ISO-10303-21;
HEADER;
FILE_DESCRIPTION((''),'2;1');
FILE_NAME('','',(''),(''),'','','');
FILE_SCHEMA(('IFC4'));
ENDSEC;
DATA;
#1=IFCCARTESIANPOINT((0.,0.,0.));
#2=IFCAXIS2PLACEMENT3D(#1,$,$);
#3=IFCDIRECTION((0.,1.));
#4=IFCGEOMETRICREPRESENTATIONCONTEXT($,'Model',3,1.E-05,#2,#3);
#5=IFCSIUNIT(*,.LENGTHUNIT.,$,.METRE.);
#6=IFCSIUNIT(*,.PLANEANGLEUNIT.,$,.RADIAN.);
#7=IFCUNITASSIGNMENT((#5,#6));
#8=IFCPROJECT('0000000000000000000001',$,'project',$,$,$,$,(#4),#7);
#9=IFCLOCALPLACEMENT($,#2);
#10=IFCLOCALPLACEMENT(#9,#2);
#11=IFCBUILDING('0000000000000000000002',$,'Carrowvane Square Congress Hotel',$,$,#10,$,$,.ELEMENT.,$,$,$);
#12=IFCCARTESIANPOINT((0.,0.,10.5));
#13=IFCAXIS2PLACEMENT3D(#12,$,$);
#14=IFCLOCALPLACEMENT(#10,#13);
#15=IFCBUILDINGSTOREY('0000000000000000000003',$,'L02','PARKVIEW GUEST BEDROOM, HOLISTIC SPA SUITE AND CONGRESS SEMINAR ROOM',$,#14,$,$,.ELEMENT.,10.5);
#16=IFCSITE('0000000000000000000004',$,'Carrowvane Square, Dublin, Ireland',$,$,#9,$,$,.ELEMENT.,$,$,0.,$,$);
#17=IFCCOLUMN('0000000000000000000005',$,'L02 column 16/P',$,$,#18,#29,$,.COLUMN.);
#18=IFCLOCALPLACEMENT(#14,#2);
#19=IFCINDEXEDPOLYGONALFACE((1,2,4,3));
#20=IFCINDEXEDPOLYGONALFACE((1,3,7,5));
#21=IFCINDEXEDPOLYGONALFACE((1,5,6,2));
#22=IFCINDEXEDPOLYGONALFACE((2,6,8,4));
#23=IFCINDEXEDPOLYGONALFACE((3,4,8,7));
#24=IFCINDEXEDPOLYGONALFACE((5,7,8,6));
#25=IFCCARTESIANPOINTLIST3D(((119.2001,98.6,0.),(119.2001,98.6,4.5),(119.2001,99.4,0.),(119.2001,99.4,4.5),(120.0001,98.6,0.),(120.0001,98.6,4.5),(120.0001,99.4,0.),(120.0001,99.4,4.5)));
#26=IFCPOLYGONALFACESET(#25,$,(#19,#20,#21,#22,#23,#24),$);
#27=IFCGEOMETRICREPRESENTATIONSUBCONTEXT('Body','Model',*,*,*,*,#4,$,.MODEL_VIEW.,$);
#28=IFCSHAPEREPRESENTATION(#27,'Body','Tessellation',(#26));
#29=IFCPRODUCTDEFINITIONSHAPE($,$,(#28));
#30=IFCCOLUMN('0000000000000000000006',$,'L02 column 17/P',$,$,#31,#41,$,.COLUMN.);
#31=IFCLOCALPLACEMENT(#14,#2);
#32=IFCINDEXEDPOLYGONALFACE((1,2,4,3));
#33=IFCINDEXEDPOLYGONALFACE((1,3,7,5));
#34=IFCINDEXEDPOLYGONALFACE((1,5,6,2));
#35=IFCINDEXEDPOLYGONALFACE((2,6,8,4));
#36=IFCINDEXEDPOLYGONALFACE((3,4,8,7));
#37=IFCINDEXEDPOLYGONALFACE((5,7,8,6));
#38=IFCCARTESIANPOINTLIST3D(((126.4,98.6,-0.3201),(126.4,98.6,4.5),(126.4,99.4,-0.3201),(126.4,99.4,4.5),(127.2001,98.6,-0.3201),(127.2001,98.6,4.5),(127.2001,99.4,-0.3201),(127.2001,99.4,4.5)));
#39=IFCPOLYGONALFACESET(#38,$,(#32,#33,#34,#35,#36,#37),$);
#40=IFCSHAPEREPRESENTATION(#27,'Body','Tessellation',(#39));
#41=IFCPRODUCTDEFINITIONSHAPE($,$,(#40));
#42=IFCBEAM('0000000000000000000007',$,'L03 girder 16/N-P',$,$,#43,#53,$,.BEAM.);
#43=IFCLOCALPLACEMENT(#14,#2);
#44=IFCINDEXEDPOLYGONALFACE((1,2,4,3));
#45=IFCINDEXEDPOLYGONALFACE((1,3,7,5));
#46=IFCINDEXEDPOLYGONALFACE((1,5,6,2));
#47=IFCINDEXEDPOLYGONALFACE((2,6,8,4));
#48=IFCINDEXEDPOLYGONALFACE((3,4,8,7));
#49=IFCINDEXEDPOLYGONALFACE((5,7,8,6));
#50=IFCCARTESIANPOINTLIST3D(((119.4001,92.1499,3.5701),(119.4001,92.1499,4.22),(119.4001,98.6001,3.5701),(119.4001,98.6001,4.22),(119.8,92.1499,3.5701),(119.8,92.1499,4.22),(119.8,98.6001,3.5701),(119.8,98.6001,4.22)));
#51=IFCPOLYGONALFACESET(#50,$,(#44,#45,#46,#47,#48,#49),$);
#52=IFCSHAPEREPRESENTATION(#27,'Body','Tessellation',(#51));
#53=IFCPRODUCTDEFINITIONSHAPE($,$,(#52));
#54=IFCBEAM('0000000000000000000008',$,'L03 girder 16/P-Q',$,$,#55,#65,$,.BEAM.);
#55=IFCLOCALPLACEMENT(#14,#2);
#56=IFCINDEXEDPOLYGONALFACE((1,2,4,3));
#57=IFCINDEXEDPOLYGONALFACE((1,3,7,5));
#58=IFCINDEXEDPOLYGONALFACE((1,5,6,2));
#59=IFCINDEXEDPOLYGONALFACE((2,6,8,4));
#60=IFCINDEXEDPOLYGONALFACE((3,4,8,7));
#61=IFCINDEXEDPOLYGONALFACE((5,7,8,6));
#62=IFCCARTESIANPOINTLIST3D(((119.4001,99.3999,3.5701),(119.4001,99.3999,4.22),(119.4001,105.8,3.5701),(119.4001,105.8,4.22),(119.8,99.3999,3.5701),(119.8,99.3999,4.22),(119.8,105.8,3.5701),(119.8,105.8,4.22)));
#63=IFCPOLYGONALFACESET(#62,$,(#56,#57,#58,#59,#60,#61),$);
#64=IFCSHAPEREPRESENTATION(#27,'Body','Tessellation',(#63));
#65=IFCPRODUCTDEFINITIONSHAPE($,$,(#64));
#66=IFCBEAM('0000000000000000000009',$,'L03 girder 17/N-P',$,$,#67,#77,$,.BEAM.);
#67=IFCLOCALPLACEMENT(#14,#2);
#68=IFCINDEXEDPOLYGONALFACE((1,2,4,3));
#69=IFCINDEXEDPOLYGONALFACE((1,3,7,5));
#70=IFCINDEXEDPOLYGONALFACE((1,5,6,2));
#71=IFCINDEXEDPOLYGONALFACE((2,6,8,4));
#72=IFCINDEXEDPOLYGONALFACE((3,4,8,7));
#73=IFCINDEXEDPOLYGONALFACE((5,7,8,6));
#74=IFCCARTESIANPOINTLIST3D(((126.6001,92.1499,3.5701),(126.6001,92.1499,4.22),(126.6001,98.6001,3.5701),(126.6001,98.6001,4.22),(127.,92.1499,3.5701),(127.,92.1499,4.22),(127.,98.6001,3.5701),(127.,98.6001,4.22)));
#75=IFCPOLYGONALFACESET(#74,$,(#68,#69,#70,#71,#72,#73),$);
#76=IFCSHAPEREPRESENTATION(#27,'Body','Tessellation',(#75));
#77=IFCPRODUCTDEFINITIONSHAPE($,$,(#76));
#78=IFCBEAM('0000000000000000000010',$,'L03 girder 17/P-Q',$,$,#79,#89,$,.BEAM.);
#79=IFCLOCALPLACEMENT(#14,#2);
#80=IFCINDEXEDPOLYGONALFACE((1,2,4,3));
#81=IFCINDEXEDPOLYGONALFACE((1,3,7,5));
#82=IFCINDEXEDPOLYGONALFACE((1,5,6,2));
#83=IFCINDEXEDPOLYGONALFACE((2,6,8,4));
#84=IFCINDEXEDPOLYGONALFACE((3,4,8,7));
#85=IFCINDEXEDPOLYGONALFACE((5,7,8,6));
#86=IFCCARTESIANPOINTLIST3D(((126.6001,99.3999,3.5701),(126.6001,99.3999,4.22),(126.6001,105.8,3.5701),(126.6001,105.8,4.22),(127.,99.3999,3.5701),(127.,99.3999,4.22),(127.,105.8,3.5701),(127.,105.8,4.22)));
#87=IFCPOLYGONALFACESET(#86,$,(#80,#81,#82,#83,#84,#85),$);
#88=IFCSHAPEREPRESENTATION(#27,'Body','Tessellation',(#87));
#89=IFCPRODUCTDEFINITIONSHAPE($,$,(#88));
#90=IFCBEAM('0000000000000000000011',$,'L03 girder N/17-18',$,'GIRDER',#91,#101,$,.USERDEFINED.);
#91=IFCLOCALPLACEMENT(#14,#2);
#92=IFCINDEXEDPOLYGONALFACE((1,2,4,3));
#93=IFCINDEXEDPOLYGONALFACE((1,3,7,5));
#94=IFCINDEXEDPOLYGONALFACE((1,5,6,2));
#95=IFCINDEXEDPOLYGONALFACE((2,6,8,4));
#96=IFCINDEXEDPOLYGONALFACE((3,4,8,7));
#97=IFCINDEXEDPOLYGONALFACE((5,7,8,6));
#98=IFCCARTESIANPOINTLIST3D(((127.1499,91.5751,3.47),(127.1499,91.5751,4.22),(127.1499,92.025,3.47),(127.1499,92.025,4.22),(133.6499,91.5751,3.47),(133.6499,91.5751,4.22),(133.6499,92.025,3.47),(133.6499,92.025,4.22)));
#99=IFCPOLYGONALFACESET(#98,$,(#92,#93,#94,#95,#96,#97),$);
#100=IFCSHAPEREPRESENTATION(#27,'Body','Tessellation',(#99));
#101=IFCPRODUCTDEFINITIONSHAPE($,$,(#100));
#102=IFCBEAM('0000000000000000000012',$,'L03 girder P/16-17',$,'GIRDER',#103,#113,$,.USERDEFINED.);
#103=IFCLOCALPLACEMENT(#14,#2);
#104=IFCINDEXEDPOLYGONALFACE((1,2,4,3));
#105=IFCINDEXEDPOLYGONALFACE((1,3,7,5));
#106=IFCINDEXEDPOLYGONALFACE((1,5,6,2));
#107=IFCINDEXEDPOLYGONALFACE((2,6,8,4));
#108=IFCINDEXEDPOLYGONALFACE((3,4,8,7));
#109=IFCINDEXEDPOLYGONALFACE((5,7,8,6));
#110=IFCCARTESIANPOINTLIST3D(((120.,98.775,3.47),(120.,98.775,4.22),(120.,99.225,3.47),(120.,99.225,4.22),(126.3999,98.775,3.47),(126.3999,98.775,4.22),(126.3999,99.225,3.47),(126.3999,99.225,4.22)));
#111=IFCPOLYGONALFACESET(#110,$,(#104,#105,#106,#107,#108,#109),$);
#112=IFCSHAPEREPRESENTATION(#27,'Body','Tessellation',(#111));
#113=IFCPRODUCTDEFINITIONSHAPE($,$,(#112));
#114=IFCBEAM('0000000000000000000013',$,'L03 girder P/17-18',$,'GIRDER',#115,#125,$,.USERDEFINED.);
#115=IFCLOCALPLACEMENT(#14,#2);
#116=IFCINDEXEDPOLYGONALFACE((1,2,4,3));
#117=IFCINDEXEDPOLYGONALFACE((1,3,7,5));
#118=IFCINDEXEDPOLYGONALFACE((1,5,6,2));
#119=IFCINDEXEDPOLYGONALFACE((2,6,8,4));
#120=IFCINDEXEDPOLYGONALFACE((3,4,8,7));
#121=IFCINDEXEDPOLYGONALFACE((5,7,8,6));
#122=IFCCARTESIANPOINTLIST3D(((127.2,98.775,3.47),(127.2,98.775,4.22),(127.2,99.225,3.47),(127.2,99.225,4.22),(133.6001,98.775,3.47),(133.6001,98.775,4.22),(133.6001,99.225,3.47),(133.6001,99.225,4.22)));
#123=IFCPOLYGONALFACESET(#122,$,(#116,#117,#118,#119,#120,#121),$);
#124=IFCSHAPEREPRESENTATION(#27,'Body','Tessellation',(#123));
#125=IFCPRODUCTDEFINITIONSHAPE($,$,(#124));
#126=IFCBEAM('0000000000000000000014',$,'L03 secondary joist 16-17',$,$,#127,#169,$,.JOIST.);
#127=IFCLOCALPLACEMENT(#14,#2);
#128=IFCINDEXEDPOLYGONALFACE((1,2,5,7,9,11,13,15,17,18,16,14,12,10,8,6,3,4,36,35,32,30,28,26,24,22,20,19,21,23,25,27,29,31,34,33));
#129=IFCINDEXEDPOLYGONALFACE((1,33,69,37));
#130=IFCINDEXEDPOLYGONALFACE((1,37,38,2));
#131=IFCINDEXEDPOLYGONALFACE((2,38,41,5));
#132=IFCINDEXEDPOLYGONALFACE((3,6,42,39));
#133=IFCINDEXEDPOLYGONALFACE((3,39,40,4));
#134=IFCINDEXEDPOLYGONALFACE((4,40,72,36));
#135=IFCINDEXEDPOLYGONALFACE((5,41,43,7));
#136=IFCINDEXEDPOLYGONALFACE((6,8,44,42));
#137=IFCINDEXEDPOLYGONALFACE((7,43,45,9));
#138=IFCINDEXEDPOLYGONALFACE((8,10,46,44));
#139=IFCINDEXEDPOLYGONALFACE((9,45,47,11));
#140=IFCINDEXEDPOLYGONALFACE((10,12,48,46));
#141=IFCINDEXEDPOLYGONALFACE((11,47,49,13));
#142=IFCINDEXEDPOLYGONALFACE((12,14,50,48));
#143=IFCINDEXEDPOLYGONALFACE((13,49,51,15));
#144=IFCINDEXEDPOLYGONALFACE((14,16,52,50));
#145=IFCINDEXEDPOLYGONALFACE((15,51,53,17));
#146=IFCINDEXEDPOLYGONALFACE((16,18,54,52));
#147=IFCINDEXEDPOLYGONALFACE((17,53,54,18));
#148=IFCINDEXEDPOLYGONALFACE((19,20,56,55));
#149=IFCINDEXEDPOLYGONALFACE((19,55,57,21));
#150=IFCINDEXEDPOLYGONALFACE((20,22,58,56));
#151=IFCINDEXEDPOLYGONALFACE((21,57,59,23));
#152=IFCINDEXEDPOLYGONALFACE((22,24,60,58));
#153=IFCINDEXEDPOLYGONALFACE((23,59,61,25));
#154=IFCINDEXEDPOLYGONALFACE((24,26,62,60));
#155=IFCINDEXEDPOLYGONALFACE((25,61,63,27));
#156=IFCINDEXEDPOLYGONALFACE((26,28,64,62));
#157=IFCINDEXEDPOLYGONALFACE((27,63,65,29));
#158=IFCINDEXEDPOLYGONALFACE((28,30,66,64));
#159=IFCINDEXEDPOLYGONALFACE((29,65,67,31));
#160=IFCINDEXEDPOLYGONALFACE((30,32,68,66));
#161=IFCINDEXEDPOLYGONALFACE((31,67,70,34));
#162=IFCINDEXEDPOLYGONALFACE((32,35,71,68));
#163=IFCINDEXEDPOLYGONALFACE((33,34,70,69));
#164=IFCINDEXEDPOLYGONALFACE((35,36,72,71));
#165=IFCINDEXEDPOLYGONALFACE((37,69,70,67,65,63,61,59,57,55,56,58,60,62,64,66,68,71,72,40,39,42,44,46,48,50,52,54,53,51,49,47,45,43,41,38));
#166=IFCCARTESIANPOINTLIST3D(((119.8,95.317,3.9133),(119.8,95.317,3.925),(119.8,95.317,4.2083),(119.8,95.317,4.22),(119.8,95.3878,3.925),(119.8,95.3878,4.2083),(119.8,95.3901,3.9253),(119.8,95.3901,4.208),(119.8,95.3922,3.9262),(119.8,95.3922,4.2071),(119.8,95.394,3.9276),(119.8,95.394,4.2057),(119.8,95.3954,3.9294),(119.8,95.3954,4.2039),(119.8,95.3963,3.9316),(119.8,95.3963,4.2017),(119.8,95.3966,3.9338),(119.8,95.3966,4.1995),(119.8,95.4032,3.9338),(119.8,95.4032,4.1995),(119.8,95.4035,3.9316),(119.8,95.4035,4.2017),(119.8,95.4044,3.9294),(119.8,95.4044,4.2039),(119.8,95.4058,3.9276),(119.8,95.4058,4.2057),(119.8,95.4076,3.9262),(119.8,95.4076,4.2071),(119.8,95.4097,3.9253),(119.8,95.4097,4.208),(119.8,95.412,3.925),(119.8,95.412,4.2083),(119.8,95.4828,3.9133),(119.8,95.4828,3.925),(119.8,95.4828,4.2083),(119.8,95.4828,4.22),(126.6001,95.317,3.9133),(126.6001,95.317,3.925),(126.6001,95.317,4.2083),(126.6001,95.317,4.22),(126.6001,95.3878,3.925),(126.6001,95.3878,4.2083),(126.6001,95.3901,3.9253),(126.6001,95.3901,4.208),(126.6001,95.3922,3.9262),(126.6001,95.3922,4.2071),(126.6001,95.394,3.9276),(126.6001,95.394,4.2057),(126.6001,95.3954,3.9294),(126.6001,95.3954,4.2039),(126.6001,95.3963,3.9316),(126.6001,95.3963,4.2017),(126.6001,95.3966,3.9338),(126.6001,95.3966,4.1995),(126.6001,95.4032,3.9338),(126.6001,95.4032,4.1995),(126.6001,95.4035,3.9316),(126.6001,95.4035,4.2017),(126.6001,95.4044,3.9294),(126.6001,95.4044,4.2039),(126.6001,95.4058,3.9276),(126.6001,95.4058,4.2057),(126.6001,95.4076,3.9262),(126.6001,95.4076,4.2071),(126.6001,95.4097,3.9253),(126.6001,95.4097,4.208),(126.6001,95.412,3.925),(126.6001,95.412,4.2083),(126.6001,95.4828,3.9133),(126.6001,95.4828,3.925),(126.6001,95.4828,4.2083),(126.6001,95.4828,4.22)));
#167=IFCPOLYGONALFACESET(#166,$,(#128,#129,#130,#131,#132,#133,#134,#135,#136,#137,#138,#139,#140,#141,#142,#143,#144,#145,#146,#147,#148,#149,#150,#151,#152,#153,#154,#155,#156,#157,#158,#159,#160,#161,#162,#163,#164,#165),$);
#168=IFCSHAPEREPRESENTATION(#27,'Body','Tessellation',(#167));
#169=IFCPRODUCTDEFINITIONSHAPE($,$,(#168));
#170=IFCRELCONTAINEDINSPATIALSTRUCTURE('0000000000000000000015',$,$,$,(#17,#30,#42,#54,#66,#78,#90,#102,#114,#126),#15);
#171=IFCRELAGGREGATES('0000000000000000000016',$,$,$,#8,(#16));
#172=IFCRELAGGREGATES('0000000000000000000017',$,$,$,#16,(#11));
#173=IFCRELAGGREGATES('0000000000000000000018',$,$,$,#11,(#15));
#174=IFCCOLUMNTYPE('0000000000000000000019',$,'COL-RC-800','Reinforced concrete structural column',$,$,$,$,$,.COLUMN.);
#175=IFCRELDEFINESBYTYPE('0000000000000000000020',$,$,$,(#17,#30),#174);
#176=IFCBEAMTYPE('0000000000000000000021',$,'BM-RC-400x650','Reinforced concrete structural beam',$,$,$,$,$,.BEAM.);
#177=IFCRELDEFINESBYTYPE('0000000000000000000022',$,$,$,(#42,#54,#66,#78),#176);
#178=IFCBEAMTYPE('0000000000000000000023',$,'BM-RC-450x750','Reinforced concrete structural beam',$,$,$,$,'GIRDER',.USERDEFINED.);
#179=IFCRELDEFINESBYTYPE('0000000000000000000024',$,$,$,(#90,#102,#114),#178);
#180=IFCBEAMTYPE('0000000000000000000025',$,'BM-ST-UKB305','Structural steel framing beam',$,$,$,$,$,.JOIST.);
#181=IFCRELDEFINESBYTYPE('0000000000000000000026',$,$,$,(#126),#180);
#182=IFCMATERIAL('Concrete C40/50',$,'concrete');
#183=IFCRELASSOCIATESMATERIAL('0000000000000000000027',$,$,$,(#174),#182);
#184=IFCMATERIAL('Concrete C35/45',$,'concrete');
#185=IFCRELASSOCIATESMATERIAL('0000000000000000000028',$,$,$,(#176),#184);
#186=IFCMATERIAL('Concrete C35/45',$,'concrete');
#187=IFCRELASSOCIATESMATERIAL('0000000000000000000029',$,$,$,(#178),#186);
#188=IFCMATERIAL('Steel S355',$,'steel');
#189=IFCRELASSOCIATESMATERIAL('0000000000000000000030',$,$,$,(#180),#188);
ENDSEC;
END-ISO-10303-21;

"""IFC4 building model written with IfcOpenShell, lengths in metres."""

from ifc_helpers import new_model, si_unit, direction, frame, origin, origin_2d, place, context, subcontext, project, spatial, rectangle, i_section, extrude, material, material_profile, profile_set, type_object, element, save


model = new_model("IFC4")

# Units and contexts
model_context = context("Model", 3, precision=1e-05, world=origin(), true_north=direction((0.0, 1.0)))
body_context = subcontext(model_context, "Body", "Model", "MODEL_VIEW")
ifc_project = project(units=[si_unit("LENGTHUNIT", "METRE"), si_unit("PLANEANGLEUNIT", "RADIAN")], contexts=[model_context])

# Site, building, storey
site_placement = place(None, origin())
site = spatial("IfcSite", under=ifc_project, at=site_placement, Name="Carrowvane Square, Dublin, Ireland", CompositionType="ELEMENT", RefElevation=0.0)
building_placement = place(site_placement, origin())
building = spatial("IfcBuilding", under=site, at=building_placement, Name="Carrowvane Square Congress Hotel", CompositionType="ELEMENT")
storey_placement = place(building_placement, frame((0.0, 0.0, 10.5)))
storey = spatial("IfcBuildingStorey", under=building, at=storey_placement, Name="L02", Description="PARKVIEW GUEST BEDROOM, HOLISTIC SPA SUITE AND CONGRESS SEMINAR ROOM", CompositionType="ELEMENT", Elevation=10.5)

# Columns
ifc_material_1 = material(Name="Concrete C40/50", Category="concrete")
ifc_material_profile_1 = material_profile(ifc_material_1, rectangle(XDim=0.8, YDim=0.8, at=origin_2d()), Name="RC 800x800")
ifc_profile_set_1 = profile_set([ifc_material_profile_1], Name="Concrete C40/50")
column_type = type_object("IfcColumnType", Name="COL-RC-800", Description="Reinforced concrete structural column", PredefinedType="COLUMN", material=ifc_profile_set_1)
column_1_placement = place(storey_placement, frame((119.6001, 99.0, 0.0), z_axis=(0.0, 0.0, 1.0), x_axis=(1.0, 0.0, 0.0)))
element("IfcColumn", 1, at=column_1_placement, inside=storey, type_object=column_type, Name="L02 column 16/P", PredefinedType="COLUMN", context=body_context, shape_type="SweptSolid", body=[
    extrude(rectangle(XDim=0.8, YDim=0.8, at=origin_2d()), origin(), (0.0, 0.0, 1.0), 4.5),
])
column_2_placement = place(storey_placement, frame((126.8, 99.0, -0.3201), z_axis=(0.0, 0.0, 1.0), x_axis=(1.0, 0.0, 0.0)))
element("IfcColumn", 2, at=column_2_placement, inside=storey, type_object=column_type, Name="L02 column 17/P", PredefinedType="COLUMN", context=body_context, shape_type="SweptSolid", body=[
    extrude(rectangle(XDim=0.8, YDim=0.8, at=origin_2d()), origin(), (0.0, 0.0, 1.0), 4.8201),
])

# Beams
ifc_material_2 = material(Name="Concrete C35/45", Category="concrete")
ifc_material_profile_2 = material_profile(ifc_material_2, rectangle(XDim=0.3999, YDim=0.6499, at=origin_2d()), Name="RC 400x650")
ifc_profile_set_2 = profile_set([ifc_material_profile_2], Name="Concrete C35/45")
beam_type_1 = type_object("IfcBeamType", Name="BM-RC-400x650", Description="Reinforced concrete structural beam", PredefinedType="BEAM", material=ifc_profile_set_2)
beam_1_placement = place(storey_placement, frame((119.6001, 92.1499, 3.895), z_axis=(0.0, 1.0, 0.0), x_axis=(-1.0, 0.0, 0.0)))
element("IfcBeam", 3, at=beam_1_placement, inside=storey, type_object=beam_type_1, Name="L03 girder 16/N-P", PredefinedType="BEAM", context=body_context, shape_type="SweptSolid", body=[
    extrude(rectangle(XDim=0.3999, YDim=0.6499, at=origin_2d()), origin(), (0.0, 0.0, 1.0), 6.4502),
])
beam_2_placement = place(storey_placement, frame((119.6001, 99.3999, 3.895), z_axis=(0.0, 1.0, 0.0), x_axis=(-1.0, 0.0, 0.0)))
element("IfcBeam", 4, at=beam_2_placement, inside=storey, type_object=beam_type_1, Name="L03 girder 16/P-Q", PredefinedType="BEAM", context=body_context, shape_type="SweptSolid", body=[
    extrude(rectangle(XDim=0.3999, YDim=0.6499, at=origin_2d()), origin(), (0.0, 0.0, 1.0), 6.4001),
])
beam_3_placement = place(storey_placement, frame((126.8, 92.1499, 3.895), z_axis=(0.0, 1.0, 0.0), x_axis=(-1.0, 0.0, 0.0)))
element("IfcBeam", 5, at=beam_3_placement, inside=storey, type_object=beam_type_1, Name="L03 girder 17/N-P", PredefinedType="BEAM", context=body_context, shape_type="SweptSolid", body=[
    extrude(rectangle(XDim=0.3999, YDim=0.6499, at=origin_2d()), origin(), (0.0, 0.0, 1.0), 6.4502),
])
beam_4_placement = place(storey_placement, frame((126.8, 99.3999, 3.895), z_axis=(0.0, 1.0, 0.0), x_axis=(-1.0, 0.0, 0.0)))
element("IfcBeam", 6, at=beam_4_placement, inside=storey, type_object=beam_type_1, Name="L03 girder 17/P-Q", PredefinedType="BEAM", context=body_context, shape_type="SweptSolid", body=[
    extrude(rectangle(XDim=0.3999, YDim=0.6499, at=origin_2d()), origin(), (0.0, 0.0, 1.0), 6.4001),
])
ifc_material_3 = material(Name="Concrete C35/45", Category="concrete")
ifc_material_profile_3 = material_profile(ifc_material_3, rectangle(XDim=0.45, YDim=0.75, at=origin_2d()), Name="RC 450x750")
ifc_profile_set_3 = profile_set([ifc_material_profile_3], Name="Concrete C35/45")
beam_type_2 = type_object("IfcBeamType", Name="BM-RC-450x750", Description="Reinforced concrete structural beam", ElementType="GIRDER", PredefinedType="USERDEFINED", material=ifc_profile_set_3)
beam_5_placement = place(storey_placement, frame((127.1499, 91.8, 3.845), z_axis=(1.0, 0.0, 0.0), x_axis=(0.0, 1.0, 0.0)))
element("IfcBeam", 7, at=beam_5_placement, inside=storey, type_object=beam_type_2, Name="L03 girder N/17-18", ObjectType="GIRDER", PredefinedType="USERDEFINED", context=body_context, shape_type="SweptSolid", body=[
    extrude(rectangle(XDim=0.45, YDim=0.75, at=origin_2d()), origin(), (0.0, 0.0, 1.0), 6.5),
])
beam_6_placement = place(storey_placement, frame((120.0, 99.0, 3.845), z_axis=(1.0, 0.0, 0.0), x_axis=(0.0, 1.0, 0.0)))
element("IfcBeam", 8, at=beam_6_placement, inside=storey, type_object=beam_type_2, Name="L03 girder P/16-17", ObjectType="GIRDER", PredefinedType="USERDEFINED", context=body_context, shape_type="SweptSolid", body=[
    extrude(rectangle(XDim=0.45, YDim=0.75, at=origin_2d()), origin(), (0.0, 0.0, 1.0), 6.3999),
])
beam_7_placement = place(storey_placement, frame((127.2, 99.0, 3.845), z_axis=(1.0, 0.0, 0.0), x_axis=(0.0, 1.0, 0.0)))
element("IfcBeam", 9, at=beam_7_placement, inside=storey, type_object=beam_type_2, Name="L03 girder P/17-18", ObjectType="GIRDER", PredefinedType="USERDEFINED", context=body_context, shape_type="SweptSolid", body=[
    extrude(rectangle(XDim=0.45, YDim=0.75, at=origin_2d()), origin(), (0.0, 0.0, 1.0), 6.4001),
])
ifc_material_4 = material(Name="Steel S355", Category="steel")
ifc_material_profile_4 = material_profile(ifc_material_4, i_section(OverallWidth=0.1658, OverallDepth=0.3066, WebThickness=0.0066, FlangeThickness=0.0117, FilletRadius=0.0088, at=origin_2d()), Name="UKB 305x165x46")
ifc_profile_set_4 = profile_set([ifc_material_profile_4], Name="Steel S355")
beam_type_3 = type_object("IfcBeamType", Name="BM-ST-UKB305", Description="Structural steel framing beam", PredefinedType="JOIST", material=ifc_profile_set_4)
for number, where, z_axis, x_axis, name in (
    (10, (119.8, 95.3999, 4.0667), (1.0, 0.0, 0.0), (0.0, 1.0, 0.0), "L03 secondary joist 16-17"),
):
    element("IfcBeam", number, at=place(storey_placement, frame(where, z_axis=z_axis, x_axis=x_axis)), inside=storey, type_object=beam_type_3, Name=name, PredefinedType="JOIST", context=body_context, shape_type="SweptSolid", body=[
        extrude(i_section(OverallWidth=0.1658, OverallDepth=0.3066, WebThickness=0.0066, FlangeThickness=0.0117, FilletRadius=0.0088, at=origin_2d()), origin(), (0.0, 0.0, 1.0), 6.8),
    ])

save(model, "model.ifc")
